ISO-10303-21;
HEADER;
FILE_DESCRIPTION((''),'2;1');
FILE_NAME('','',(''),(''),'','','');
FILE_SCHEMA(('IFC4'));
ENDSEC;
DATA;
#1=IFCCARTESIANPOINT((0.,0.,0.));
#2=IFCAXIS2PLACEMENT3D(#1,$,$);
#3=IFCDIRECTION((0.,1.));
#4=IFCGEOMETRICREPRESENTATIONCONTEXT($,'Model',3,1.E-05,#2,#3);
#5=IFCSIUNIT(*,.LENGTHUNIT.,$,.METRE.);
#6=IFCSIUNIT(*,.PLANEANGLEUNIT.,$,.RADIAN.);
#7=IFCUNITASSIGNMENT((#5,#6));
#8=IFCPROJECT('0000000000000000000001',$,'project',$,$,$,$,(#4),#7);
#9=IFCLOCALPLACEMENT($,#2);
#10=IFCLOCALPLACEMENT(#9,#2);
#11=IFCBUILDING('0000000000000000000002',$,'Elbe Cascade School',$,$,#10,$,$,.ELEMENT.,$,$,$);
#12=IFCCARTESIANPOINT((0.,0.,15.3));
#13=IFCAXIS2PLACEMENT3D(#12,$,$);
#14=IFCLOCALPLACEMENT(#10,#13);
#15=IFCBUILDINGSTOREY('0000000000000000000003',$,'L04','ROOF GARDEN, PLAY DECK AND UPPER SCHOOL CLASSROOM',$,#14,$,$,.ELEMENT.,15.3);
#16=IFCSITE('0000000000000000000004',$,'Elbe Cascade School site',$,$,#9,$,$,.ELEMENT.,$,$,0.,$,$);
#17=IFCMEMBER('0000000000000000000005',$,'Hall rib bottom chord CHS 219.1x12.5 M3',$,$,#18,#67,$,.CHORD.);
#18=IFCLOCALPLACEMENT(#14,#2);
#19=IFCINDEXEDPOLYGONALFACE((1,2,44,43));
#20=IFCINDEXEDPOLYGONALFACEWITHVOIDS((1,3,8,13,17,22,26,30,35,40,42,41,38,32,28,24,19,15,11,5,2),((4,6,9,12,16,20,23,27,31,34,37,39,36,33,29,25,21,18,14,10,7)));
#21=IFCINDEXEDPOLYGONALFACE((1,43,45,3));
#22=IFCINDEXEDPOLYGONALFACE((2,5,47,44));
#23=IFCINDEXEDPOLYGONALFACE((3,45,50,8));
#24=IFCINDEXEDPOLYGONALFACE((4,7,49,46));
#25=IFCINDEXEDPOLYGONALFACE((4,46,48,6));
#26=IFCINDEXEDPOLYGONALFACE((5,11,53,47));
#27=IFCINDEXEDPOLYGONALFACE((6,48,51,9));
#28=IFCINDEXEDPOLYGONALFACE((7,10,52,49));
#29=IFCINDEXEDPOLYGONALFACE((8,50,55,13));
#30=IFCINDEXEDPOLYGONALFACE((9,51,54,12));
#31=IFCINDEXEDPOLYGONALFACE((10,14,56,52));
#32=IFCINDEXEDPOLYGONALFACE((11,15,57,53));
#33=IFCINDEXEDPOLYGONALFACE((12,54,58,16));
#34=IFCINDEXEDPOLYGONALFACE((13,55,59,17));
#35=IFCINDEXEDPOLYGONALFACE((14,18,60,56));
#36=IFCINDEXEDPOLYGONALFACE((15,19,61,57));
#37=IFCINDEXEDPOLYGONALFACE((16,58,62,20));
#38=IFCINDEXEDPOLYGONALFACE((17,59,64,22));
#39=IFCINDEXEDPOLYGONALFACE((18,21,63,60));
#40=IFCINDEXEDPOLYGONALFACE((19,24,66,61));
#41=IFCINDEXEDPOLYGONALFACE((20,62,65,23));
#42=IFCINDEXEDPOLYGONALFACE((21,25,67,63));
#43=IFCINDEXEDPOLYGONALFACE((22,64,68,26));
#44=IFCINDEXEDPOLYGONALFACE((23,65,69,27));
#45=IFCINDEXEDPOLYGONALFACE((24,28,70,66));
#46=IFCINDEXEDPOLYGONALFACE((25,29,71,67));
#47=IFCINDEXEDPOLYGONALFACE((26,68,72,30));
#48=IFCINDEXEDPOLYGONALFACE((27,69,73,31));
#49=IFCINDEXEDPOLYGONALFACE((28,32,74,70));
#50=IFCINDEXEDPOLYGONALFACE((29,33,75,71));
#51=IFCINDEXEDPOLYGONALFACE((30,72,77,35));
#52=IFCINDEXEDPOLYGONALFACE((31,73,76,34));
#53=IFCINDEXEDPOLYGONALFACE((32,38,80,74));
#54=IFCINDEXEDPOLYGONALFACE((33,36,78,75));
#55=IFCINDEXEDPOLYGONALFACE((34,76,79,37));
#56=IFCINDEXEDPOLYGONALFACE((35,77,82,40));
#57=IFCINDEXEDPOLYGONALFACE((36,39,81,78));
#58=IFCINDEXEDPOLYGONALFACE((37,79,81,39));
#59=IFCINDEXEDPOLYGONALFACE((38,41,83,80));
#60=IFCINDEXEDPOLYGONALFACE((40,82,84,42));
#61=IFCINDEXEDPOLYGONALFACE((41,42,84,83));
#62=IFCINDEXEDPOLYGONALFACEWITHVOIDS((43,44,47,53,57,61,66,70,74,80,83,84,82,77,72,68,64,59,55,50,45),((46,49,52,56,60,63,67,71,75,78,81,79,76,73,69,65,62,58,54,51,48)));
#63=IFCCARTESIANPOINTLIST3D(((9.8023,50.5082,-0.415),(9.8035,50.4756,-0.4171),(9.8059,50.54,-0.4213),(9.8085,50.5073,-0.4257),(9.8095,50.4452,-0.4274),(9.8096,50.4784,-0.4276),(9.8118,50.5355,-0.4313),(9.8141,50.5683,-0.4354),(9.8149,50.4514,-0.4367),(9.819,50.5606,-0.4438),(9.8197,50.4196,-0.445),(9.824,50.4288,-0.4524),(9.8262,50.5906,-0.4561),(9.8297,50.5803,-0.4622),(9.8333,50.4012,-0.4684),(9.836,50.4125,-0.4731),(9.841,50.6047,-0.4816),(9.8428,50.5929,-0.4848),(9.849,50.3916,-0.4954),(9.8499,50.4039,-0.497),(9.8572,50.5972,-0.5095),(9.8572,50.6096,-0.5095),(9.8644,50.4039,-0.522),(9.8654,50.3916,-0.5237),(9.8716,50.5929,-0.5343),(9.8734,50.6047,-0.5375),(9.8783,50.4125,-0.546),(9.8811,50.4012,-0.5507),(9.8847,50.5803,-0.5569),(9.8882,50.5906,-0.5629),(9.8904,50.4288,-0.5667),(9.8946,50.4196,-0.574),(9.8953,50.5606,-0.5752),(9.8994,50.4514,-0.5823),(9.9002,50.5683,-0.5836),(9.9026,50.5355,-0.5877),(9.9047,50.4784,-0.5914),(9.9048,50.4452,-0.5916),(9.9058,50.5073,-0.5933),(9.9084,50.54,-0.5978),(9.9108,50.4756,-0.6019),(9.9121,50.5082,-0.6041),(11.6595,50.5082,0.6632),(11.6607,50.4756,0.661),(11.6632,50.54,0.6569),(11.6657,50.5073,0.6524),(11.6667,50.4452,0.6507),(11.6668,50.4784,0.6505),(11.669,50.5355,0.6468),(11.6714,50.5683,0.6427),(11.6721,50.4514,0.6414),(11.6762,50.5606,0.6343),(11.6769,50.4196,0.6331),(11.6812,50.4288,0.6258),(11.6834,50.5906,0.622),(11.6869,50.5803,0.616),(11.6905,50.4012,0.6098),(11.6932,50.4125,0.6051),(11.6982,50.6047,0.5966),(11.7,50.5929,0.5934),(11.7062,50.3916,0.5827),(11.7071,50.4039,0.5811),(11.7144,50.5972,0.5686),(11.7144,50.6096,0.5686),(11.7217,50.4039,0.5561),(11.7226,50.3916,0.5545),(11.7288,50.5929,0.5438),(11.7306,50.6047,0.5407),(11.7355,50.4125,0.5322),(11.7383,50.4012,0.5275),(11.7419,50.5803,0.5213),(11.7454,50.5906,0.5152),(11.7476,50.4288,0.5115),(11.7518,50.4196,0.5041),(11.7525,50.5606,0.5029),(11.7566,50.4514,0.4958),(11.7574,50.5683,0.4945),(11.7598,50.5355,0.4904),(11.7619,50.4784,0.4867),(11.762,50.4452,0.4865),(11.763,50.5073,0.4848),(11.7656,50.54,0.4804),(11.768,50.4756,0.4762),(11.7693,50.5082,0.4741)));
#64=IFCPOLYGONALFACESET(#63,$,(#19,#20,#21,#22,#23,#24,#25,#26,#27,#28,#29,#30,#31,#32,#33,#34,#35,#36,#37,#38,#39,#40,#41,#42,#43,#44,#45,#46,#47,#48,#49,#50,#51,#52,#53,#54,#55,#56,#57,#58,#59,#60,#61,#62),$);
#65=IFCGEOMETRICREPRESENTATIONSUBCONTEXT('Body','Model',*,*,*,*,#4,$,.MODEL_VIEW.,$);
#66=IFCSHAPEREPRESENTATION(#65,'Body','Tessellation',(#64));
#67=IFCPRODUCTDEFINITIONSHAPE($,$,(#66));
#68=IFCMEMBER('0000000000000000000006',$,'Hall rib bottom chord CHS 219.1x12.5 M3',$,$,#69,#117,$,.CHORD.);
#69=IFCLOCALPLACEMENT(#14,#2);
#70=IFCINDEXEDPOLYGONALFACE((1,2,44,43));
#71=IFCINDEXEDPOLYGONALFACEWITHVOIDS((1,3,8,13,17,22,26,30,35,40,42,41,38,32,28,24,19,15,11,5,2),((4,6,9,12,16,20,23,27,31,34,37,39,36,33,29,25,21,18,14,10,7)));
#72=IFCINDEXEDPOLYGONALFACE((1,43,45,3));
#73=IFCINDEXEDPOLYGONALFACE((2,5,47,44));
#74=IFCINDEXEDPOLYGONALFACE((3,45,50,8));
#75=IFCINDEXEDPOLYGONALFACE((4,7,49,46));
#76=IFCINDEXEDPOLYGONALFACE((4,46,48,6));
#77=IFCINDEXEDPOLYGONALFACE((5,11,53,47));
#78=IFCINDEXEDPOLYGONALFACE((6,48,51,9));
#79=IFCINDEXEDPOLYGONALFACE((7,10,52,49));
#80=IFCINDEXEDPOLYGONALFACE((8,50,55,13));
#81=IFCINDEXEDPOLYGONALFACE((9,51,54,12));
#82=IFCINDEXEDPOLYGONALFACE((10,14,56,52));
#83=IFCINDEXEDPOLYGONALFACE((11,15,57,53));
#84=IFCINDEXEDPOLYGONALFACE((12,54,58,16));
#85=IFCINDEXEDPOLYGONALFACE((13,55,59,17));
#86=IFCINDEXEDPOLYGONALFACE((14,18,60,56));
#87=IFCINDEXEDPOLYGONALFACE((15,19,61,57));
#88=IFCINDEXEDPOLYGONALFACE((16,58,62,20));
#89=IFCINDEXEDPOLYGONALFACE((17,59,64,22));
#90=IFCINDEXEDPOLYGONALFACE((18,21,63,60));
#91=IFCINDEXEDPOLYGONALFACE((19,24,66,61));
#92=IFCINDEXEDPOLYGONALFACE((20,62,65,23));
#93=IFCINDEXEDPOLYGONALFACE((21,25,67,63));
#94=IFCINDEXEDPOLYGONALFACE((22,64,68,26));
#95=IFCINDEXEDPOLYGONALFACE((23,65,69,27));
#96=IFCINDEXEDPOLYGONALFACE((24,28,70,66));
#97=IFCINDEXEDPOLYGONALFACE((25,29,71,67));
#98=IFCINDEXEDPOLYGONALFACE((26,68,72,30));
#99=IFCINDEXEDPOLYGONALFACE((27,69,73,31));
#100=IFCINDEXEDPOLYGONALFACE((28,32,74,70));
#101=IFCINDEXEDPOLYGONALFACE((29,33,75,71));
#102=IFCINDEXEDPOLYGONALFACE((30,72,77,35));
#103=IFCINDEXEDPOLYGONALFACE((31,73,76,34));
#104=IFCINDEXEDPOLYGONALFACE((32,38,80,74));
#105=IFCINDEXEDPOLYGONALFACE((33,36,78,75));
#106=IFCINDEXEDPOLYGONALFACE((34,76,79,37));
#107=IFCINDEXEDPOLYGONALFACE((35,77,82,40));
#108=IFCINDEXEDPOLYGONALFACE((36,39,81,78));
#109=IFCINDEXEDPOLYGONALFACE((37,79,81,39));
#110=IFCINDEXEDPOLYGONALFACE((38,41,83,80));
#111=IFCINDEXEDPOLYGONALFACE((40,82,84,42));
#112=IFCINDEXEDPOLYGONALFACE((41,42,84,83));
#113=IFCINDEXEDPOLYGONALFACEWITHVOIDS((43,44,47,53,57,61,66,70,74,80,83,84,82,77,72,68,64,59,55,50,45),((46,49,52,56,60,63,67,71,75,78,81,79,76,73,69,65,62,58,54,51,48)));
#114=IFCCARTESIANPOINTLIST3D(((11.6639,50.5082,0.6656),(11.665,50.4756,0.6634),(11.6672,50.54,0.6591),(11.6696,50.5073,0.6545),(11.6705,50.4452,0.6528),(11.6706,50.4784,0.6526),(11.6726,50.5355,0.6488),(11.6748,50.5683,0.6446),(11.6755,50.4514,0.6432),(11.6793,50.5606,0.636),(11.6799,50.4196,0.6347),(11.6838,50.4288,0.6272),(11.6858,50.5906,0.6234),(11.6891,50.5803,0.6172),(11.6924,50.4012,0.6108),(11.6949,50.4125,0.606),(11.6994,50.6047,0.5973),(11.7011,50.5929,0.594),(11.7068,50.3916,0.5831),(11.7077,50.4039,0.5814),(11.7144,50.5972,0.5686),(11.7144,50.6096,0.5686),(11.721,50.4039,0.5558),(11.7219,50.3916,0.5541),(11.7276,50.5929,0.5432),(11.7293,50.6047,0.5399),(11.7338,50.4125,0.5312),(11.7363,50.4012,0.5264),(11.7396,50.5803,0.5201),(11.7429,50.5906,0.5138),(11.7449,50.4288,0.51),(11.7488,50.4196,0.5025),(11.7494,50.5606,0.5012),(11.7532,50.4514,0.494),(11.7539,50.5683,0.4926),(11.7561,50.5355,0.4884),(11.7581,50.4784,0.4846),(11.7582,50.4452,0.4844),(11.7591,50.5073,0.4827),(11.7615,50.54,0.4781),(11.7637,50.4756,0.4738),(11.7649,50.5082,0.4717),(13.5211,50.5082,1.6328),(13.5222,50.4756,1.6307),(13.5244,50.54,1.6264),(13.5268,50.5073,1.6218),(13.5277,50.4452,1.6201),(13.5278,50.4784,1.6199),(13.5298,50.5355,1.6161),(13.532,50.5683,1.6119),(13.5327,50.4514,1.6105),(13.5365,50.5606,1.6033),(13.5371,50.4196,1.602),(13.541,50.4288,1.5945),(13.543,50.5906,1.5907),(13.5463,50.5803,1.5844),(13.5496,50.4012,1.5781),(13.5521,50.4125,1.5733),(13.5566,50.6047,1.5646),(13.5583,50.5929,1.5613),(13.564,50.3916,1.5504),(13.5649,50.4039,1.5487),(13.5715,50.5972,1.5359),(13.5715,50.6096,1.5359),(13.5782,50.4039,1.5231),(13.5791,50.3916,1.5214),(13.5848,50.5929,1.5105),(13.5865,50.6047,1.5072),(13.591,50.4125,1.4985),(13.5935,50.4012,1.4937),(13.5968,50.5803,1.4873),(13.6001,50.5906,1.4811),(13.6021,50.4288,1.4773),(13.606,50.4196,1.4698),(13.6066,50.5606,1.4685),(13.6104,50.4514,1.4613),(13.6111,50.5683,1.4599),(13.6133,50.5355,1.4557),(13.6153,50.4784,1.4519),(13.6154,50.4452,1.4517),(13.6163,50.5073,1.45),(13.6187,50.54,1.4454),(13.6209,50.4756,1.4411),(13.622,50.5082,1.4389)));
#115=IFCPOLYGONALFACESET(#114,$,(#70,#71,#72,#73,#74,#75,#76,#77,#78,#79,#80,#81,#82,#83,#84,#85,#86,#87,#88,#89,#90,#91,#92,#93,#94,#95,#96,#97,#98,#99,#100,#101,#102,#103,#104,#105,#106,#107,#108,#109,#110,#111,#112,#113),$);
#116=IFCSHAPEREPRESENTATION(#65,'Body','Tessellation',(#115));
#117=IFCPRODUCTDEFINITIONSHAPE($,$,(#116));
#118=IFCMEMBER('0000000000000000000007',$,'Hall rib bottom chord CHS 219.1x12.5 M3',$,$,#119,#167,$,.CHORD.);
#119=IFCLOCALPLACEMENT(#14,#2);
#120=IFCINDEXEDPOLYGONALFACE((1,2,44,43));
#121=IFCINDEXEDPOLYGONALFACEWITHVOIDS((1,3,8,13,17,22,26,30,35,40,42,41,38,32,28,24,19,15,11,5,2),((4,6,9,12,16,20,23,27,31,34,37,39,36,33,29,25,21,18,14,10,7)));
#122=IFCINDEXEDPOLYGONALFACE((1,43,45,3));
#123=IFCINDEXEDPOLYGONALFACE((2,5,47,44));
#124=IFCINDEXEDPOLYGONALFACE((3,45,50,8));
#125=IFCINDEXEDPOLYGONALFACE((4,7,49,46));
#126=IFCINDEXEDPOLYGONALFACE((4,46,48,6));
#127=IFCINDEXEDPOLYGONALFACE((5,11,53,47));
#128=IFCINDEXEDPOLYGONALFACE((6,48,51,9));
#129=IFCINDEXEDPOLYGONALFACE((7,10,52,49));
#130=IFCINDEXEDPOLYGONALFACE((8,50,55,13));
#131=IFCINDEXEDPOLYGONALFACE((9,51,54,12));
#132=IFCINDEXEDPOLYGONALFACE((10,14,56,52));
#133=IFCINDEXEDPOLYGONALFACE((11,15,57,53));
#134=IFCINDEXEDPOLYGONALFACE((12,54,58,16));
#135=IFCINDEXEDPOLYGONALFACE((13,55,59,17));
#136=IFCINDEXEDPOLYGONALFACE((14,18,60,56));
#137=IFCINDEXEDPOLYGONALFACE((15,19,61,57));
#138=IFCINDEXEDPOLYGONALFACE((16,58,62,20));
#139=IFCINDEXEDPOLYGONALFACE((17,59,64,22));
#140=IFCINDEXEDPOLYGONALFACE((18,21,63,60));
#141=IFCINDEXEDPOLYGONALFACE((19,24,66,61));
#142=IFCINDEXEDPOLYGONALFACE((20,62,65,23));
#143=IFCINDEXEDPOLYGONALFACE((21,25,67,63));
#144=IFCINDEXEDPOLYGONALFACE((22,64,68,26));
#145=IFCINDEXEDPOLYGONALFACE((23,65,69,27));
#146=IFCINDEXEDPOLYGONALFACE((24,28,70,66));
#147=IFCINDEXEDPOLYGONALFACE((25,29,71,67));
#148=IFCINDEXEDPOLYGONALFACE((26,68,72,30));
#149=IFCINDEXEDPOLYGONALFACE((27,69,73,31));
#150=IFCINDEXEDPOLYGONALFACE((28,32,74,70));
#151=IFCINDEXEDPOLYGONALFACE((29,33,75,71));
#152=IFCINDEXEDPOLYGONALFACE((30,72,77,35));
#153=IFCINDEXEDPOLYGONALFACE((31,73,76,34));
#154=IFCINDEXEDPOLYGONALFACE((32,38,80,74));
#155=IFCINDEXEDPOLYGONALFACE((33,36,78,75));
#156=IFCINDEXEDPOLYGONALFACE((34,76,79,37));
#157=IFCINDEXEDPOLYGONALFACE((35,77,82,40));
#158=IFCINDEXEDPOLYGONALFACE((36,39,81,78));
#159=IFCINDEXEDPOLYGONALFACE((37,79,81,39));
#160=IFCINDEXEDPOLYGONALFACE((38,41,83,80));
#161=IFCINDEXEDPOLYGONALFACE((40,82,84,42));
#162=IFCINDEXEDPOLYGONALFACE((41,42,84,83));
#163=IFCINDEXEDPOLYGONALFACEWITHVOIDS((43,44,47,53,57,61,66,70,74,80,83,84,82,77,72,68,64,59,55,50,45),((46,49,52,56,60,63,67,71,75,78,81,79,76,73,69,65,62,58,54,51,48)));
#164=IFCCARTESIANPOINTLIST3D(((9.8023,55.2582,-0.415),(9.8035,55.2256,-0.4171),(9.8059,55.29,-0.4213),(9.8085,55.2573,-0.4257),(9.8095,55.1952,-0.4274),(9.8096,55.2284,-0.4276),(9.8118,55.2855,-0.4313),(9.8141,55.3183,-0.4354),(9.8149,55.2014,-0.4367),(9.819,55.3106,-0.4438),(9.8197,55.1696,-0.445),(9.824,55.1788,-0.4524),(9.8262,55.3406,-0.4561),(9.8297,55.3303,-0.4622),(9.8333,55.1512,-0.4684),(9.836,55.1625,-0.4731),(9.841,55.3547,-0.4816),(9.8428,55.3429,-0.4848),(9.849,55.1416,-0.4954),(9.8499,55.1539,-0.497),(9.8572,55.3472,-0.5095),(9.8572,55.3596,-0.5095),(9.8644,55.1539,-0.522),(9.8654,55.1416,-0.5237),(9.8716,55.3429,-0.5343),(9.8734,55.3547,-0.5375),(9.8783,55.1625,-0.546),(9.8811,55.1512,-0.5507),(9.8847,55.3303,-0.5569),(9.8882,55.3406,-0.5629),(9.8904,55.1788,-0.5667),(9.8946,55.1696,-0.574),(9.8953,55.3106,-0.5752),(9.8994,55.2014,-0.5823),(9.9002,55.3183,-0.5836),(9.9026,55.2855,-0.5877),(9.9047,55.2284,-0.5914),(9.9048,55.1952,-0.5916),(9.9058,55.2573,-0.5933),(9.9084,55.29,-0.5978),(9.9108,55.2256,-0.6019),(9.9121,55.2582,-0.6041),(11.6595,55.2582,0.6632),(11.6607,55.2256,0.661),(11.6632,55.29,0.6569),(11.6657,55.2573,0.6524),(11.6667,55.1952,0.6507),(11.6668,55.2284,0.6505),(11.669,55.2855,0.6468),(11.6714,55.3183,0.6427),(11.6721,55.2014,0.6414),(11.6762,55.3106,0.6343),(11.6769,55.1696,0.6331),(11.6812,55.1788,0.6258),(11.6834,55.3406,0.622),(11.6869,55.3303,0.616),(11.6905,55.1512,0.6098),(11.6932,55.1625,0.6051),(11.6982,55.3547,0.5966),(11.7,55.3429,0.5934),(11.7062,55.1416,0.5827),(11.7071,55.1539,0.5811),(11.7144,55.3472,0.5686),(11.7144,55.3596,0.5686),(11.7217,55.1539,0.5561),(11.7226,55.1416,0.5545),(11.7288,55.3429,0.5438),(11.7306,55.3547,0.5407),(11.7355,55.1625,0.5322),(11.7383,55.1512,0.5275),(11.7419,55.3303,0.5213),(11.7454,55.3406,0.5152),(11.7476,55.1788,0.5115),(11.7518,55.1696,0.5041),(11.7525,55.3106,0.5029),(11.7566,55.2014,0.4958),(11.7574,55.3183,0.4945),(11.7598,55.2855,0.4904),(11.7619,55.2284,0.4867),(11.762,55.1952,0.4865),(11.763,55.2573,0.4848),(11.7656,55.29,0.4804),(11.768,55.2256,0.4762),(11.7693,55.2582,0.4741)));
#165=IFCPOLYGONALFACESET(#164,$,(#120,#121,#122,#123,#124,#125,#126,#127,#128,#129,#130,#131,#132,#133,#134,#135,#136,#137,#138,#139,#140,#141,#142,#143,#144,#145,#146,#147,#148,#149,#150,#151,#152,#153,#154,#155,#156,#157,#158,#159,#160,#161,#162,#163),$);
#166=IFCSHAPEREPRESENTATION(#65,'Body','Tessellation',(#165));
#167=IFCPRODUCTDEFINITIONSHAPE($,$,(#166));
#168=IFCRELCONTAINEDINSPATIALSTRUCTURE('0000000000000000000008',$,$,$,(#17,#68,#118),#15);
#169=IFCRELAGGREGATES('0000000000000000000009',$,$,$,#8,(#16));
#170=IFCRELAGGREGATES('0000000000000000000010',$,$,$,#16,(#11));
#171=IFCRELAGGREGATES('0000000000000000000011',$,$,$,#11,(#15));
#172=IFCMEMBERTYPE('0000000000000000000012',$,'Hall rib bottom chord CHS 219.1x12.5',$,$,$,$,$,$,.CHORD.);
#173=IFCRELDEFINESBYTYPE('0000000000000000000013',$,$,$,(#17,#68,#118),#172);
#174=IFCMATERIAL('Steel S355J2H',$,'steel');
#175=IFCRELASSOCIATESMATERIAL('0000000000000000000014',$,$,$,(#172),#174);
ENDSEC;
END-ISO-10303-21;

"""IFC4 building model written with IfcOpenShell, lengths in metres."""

from ifc_helpers import new_model, si_unit, direction, frame, origin, origin_2d, place, context, subcontext, project, spatial, hollow_circle, extrude, material, material_profile, profile_set, type_object, element, save


model = new_model("IFC4")

# Units and contexts
model_context = context("Model", 3, precision=1e-05, world=origin(), true_north=direction((0.0, 1.0)))
body_context = subcontext(model_context, "Body", "Model", "MODEL_VIEW")
ifc_project = project(units=[si_unit("LENGTHUNIT", "METRE"), si_unit("PLANEANGLEUNIT", "RADIAN")], contexts=[model_context])

# Site, building, storey
site_placement = place(None, origin())
site = spatial("IfcSite", under=ifc_project, at=site_placement, Name="Elbe Cascade School site", CompositionType="ELEMENT", RefElevation=0.0)
building_placement = place(site_placement, origin())
building = spatial("IfcBuilding", under=site, at=building_placement, Name="Elbe Cascade School", CompositionType="ELEMENT")
storey_placement = place(building_placement, frame((0.0, 0.0, 15.3)))
storey = spatial("IfcBuildingStorey", under=building, at=storey_placement, Name="L04", Description="ROOF GARDEN, PLAY DECK AND UPPER SCHOOL CLASSROOM", CompositionType="ELEMENT", Elevation=15.3)

# Members
ifc_material_1 = material(Name="Steel S355J2H", Category="steel")
ifc_material_profile_1 = material_profile(ifc_material_1, hollow_circle(Radius=0.1096, WallThickness=0.0125, at=origin_2d()), Name="CHS 219.1x12.5")
ifc_profile_set_1 = profile_set([ifc_material_profile_1], Name="Steel S355J2H")
member_type_1 = type_object("IfcMemberType", Name="Hall rib bottom chord CHS 219.1x12.5", PredefinedType="CHORD", material=ifc_profile_set_1)
member_1_placement = place(storey_placement, frame((9.8572, 50.5, -0.5095), z_axis=(0.864837, 0.0, 0.502053), x_axis=(0.0, 1.0, 0.0)))
element("IfcMember", 1, at=member_1_placement, inside=storey, type_object=member_type_1, Name="Hall rib bottom chord CHS 219.1x12.5 M3", PredefinedType="CHORD", context=body_context, shape_type="SweptSolid", body=[
    extrude(hollow_circle(Radius=0.1096, WallThickness=0.0125, at=origin_2d()), origin(), (0.0, 0.0, 1.0), 2.1475),
])
member_2_placement = place(storey_placement, frame((11.7144, 50.5, 0.5686), z_axis=(0.886913, 0.0, 0.461936), x_axis=(0.0, 1.0, 0.0)))
element("IfcMember", 2, at=member_2_placement, inside=storey, type_object=member_type_1, Name="Hall rib bottom chord CHS 219.1x12.5 M3", PredefinedType="CHORD", context=body_context, shape_type="SweptSolid", body=[
    extrude(hollow_circle(Radius=0.1096, WallThickness=0.0125, at=origin_2d()), origin(), (0.0, 0.0, 1.0), 2.094),
])
member_3_placement = place(storey_placement, frame((9.8572, 55.25, -0.5095), z_axis=(0.864837, 0.0, 0.502053), x_axis=(0.0, 1.0, 0.0)))
element("IfcMember", 3, at=member_3_placement, inside=storey, type_object=member_type_1, Name="Hall rib bottom chord CHS 219.1x12.5 M3", PredefinedType="CHORD", context=body_context, shape_type="SweptSolid", body=[
    extrude(hollow_circle(Radius=0.1096, WallThickness=0.0125, at=origin_2d()), origin(), (0.0, 0.0, 1.0), 2.1475),
])

save(model, "model.ifc")
